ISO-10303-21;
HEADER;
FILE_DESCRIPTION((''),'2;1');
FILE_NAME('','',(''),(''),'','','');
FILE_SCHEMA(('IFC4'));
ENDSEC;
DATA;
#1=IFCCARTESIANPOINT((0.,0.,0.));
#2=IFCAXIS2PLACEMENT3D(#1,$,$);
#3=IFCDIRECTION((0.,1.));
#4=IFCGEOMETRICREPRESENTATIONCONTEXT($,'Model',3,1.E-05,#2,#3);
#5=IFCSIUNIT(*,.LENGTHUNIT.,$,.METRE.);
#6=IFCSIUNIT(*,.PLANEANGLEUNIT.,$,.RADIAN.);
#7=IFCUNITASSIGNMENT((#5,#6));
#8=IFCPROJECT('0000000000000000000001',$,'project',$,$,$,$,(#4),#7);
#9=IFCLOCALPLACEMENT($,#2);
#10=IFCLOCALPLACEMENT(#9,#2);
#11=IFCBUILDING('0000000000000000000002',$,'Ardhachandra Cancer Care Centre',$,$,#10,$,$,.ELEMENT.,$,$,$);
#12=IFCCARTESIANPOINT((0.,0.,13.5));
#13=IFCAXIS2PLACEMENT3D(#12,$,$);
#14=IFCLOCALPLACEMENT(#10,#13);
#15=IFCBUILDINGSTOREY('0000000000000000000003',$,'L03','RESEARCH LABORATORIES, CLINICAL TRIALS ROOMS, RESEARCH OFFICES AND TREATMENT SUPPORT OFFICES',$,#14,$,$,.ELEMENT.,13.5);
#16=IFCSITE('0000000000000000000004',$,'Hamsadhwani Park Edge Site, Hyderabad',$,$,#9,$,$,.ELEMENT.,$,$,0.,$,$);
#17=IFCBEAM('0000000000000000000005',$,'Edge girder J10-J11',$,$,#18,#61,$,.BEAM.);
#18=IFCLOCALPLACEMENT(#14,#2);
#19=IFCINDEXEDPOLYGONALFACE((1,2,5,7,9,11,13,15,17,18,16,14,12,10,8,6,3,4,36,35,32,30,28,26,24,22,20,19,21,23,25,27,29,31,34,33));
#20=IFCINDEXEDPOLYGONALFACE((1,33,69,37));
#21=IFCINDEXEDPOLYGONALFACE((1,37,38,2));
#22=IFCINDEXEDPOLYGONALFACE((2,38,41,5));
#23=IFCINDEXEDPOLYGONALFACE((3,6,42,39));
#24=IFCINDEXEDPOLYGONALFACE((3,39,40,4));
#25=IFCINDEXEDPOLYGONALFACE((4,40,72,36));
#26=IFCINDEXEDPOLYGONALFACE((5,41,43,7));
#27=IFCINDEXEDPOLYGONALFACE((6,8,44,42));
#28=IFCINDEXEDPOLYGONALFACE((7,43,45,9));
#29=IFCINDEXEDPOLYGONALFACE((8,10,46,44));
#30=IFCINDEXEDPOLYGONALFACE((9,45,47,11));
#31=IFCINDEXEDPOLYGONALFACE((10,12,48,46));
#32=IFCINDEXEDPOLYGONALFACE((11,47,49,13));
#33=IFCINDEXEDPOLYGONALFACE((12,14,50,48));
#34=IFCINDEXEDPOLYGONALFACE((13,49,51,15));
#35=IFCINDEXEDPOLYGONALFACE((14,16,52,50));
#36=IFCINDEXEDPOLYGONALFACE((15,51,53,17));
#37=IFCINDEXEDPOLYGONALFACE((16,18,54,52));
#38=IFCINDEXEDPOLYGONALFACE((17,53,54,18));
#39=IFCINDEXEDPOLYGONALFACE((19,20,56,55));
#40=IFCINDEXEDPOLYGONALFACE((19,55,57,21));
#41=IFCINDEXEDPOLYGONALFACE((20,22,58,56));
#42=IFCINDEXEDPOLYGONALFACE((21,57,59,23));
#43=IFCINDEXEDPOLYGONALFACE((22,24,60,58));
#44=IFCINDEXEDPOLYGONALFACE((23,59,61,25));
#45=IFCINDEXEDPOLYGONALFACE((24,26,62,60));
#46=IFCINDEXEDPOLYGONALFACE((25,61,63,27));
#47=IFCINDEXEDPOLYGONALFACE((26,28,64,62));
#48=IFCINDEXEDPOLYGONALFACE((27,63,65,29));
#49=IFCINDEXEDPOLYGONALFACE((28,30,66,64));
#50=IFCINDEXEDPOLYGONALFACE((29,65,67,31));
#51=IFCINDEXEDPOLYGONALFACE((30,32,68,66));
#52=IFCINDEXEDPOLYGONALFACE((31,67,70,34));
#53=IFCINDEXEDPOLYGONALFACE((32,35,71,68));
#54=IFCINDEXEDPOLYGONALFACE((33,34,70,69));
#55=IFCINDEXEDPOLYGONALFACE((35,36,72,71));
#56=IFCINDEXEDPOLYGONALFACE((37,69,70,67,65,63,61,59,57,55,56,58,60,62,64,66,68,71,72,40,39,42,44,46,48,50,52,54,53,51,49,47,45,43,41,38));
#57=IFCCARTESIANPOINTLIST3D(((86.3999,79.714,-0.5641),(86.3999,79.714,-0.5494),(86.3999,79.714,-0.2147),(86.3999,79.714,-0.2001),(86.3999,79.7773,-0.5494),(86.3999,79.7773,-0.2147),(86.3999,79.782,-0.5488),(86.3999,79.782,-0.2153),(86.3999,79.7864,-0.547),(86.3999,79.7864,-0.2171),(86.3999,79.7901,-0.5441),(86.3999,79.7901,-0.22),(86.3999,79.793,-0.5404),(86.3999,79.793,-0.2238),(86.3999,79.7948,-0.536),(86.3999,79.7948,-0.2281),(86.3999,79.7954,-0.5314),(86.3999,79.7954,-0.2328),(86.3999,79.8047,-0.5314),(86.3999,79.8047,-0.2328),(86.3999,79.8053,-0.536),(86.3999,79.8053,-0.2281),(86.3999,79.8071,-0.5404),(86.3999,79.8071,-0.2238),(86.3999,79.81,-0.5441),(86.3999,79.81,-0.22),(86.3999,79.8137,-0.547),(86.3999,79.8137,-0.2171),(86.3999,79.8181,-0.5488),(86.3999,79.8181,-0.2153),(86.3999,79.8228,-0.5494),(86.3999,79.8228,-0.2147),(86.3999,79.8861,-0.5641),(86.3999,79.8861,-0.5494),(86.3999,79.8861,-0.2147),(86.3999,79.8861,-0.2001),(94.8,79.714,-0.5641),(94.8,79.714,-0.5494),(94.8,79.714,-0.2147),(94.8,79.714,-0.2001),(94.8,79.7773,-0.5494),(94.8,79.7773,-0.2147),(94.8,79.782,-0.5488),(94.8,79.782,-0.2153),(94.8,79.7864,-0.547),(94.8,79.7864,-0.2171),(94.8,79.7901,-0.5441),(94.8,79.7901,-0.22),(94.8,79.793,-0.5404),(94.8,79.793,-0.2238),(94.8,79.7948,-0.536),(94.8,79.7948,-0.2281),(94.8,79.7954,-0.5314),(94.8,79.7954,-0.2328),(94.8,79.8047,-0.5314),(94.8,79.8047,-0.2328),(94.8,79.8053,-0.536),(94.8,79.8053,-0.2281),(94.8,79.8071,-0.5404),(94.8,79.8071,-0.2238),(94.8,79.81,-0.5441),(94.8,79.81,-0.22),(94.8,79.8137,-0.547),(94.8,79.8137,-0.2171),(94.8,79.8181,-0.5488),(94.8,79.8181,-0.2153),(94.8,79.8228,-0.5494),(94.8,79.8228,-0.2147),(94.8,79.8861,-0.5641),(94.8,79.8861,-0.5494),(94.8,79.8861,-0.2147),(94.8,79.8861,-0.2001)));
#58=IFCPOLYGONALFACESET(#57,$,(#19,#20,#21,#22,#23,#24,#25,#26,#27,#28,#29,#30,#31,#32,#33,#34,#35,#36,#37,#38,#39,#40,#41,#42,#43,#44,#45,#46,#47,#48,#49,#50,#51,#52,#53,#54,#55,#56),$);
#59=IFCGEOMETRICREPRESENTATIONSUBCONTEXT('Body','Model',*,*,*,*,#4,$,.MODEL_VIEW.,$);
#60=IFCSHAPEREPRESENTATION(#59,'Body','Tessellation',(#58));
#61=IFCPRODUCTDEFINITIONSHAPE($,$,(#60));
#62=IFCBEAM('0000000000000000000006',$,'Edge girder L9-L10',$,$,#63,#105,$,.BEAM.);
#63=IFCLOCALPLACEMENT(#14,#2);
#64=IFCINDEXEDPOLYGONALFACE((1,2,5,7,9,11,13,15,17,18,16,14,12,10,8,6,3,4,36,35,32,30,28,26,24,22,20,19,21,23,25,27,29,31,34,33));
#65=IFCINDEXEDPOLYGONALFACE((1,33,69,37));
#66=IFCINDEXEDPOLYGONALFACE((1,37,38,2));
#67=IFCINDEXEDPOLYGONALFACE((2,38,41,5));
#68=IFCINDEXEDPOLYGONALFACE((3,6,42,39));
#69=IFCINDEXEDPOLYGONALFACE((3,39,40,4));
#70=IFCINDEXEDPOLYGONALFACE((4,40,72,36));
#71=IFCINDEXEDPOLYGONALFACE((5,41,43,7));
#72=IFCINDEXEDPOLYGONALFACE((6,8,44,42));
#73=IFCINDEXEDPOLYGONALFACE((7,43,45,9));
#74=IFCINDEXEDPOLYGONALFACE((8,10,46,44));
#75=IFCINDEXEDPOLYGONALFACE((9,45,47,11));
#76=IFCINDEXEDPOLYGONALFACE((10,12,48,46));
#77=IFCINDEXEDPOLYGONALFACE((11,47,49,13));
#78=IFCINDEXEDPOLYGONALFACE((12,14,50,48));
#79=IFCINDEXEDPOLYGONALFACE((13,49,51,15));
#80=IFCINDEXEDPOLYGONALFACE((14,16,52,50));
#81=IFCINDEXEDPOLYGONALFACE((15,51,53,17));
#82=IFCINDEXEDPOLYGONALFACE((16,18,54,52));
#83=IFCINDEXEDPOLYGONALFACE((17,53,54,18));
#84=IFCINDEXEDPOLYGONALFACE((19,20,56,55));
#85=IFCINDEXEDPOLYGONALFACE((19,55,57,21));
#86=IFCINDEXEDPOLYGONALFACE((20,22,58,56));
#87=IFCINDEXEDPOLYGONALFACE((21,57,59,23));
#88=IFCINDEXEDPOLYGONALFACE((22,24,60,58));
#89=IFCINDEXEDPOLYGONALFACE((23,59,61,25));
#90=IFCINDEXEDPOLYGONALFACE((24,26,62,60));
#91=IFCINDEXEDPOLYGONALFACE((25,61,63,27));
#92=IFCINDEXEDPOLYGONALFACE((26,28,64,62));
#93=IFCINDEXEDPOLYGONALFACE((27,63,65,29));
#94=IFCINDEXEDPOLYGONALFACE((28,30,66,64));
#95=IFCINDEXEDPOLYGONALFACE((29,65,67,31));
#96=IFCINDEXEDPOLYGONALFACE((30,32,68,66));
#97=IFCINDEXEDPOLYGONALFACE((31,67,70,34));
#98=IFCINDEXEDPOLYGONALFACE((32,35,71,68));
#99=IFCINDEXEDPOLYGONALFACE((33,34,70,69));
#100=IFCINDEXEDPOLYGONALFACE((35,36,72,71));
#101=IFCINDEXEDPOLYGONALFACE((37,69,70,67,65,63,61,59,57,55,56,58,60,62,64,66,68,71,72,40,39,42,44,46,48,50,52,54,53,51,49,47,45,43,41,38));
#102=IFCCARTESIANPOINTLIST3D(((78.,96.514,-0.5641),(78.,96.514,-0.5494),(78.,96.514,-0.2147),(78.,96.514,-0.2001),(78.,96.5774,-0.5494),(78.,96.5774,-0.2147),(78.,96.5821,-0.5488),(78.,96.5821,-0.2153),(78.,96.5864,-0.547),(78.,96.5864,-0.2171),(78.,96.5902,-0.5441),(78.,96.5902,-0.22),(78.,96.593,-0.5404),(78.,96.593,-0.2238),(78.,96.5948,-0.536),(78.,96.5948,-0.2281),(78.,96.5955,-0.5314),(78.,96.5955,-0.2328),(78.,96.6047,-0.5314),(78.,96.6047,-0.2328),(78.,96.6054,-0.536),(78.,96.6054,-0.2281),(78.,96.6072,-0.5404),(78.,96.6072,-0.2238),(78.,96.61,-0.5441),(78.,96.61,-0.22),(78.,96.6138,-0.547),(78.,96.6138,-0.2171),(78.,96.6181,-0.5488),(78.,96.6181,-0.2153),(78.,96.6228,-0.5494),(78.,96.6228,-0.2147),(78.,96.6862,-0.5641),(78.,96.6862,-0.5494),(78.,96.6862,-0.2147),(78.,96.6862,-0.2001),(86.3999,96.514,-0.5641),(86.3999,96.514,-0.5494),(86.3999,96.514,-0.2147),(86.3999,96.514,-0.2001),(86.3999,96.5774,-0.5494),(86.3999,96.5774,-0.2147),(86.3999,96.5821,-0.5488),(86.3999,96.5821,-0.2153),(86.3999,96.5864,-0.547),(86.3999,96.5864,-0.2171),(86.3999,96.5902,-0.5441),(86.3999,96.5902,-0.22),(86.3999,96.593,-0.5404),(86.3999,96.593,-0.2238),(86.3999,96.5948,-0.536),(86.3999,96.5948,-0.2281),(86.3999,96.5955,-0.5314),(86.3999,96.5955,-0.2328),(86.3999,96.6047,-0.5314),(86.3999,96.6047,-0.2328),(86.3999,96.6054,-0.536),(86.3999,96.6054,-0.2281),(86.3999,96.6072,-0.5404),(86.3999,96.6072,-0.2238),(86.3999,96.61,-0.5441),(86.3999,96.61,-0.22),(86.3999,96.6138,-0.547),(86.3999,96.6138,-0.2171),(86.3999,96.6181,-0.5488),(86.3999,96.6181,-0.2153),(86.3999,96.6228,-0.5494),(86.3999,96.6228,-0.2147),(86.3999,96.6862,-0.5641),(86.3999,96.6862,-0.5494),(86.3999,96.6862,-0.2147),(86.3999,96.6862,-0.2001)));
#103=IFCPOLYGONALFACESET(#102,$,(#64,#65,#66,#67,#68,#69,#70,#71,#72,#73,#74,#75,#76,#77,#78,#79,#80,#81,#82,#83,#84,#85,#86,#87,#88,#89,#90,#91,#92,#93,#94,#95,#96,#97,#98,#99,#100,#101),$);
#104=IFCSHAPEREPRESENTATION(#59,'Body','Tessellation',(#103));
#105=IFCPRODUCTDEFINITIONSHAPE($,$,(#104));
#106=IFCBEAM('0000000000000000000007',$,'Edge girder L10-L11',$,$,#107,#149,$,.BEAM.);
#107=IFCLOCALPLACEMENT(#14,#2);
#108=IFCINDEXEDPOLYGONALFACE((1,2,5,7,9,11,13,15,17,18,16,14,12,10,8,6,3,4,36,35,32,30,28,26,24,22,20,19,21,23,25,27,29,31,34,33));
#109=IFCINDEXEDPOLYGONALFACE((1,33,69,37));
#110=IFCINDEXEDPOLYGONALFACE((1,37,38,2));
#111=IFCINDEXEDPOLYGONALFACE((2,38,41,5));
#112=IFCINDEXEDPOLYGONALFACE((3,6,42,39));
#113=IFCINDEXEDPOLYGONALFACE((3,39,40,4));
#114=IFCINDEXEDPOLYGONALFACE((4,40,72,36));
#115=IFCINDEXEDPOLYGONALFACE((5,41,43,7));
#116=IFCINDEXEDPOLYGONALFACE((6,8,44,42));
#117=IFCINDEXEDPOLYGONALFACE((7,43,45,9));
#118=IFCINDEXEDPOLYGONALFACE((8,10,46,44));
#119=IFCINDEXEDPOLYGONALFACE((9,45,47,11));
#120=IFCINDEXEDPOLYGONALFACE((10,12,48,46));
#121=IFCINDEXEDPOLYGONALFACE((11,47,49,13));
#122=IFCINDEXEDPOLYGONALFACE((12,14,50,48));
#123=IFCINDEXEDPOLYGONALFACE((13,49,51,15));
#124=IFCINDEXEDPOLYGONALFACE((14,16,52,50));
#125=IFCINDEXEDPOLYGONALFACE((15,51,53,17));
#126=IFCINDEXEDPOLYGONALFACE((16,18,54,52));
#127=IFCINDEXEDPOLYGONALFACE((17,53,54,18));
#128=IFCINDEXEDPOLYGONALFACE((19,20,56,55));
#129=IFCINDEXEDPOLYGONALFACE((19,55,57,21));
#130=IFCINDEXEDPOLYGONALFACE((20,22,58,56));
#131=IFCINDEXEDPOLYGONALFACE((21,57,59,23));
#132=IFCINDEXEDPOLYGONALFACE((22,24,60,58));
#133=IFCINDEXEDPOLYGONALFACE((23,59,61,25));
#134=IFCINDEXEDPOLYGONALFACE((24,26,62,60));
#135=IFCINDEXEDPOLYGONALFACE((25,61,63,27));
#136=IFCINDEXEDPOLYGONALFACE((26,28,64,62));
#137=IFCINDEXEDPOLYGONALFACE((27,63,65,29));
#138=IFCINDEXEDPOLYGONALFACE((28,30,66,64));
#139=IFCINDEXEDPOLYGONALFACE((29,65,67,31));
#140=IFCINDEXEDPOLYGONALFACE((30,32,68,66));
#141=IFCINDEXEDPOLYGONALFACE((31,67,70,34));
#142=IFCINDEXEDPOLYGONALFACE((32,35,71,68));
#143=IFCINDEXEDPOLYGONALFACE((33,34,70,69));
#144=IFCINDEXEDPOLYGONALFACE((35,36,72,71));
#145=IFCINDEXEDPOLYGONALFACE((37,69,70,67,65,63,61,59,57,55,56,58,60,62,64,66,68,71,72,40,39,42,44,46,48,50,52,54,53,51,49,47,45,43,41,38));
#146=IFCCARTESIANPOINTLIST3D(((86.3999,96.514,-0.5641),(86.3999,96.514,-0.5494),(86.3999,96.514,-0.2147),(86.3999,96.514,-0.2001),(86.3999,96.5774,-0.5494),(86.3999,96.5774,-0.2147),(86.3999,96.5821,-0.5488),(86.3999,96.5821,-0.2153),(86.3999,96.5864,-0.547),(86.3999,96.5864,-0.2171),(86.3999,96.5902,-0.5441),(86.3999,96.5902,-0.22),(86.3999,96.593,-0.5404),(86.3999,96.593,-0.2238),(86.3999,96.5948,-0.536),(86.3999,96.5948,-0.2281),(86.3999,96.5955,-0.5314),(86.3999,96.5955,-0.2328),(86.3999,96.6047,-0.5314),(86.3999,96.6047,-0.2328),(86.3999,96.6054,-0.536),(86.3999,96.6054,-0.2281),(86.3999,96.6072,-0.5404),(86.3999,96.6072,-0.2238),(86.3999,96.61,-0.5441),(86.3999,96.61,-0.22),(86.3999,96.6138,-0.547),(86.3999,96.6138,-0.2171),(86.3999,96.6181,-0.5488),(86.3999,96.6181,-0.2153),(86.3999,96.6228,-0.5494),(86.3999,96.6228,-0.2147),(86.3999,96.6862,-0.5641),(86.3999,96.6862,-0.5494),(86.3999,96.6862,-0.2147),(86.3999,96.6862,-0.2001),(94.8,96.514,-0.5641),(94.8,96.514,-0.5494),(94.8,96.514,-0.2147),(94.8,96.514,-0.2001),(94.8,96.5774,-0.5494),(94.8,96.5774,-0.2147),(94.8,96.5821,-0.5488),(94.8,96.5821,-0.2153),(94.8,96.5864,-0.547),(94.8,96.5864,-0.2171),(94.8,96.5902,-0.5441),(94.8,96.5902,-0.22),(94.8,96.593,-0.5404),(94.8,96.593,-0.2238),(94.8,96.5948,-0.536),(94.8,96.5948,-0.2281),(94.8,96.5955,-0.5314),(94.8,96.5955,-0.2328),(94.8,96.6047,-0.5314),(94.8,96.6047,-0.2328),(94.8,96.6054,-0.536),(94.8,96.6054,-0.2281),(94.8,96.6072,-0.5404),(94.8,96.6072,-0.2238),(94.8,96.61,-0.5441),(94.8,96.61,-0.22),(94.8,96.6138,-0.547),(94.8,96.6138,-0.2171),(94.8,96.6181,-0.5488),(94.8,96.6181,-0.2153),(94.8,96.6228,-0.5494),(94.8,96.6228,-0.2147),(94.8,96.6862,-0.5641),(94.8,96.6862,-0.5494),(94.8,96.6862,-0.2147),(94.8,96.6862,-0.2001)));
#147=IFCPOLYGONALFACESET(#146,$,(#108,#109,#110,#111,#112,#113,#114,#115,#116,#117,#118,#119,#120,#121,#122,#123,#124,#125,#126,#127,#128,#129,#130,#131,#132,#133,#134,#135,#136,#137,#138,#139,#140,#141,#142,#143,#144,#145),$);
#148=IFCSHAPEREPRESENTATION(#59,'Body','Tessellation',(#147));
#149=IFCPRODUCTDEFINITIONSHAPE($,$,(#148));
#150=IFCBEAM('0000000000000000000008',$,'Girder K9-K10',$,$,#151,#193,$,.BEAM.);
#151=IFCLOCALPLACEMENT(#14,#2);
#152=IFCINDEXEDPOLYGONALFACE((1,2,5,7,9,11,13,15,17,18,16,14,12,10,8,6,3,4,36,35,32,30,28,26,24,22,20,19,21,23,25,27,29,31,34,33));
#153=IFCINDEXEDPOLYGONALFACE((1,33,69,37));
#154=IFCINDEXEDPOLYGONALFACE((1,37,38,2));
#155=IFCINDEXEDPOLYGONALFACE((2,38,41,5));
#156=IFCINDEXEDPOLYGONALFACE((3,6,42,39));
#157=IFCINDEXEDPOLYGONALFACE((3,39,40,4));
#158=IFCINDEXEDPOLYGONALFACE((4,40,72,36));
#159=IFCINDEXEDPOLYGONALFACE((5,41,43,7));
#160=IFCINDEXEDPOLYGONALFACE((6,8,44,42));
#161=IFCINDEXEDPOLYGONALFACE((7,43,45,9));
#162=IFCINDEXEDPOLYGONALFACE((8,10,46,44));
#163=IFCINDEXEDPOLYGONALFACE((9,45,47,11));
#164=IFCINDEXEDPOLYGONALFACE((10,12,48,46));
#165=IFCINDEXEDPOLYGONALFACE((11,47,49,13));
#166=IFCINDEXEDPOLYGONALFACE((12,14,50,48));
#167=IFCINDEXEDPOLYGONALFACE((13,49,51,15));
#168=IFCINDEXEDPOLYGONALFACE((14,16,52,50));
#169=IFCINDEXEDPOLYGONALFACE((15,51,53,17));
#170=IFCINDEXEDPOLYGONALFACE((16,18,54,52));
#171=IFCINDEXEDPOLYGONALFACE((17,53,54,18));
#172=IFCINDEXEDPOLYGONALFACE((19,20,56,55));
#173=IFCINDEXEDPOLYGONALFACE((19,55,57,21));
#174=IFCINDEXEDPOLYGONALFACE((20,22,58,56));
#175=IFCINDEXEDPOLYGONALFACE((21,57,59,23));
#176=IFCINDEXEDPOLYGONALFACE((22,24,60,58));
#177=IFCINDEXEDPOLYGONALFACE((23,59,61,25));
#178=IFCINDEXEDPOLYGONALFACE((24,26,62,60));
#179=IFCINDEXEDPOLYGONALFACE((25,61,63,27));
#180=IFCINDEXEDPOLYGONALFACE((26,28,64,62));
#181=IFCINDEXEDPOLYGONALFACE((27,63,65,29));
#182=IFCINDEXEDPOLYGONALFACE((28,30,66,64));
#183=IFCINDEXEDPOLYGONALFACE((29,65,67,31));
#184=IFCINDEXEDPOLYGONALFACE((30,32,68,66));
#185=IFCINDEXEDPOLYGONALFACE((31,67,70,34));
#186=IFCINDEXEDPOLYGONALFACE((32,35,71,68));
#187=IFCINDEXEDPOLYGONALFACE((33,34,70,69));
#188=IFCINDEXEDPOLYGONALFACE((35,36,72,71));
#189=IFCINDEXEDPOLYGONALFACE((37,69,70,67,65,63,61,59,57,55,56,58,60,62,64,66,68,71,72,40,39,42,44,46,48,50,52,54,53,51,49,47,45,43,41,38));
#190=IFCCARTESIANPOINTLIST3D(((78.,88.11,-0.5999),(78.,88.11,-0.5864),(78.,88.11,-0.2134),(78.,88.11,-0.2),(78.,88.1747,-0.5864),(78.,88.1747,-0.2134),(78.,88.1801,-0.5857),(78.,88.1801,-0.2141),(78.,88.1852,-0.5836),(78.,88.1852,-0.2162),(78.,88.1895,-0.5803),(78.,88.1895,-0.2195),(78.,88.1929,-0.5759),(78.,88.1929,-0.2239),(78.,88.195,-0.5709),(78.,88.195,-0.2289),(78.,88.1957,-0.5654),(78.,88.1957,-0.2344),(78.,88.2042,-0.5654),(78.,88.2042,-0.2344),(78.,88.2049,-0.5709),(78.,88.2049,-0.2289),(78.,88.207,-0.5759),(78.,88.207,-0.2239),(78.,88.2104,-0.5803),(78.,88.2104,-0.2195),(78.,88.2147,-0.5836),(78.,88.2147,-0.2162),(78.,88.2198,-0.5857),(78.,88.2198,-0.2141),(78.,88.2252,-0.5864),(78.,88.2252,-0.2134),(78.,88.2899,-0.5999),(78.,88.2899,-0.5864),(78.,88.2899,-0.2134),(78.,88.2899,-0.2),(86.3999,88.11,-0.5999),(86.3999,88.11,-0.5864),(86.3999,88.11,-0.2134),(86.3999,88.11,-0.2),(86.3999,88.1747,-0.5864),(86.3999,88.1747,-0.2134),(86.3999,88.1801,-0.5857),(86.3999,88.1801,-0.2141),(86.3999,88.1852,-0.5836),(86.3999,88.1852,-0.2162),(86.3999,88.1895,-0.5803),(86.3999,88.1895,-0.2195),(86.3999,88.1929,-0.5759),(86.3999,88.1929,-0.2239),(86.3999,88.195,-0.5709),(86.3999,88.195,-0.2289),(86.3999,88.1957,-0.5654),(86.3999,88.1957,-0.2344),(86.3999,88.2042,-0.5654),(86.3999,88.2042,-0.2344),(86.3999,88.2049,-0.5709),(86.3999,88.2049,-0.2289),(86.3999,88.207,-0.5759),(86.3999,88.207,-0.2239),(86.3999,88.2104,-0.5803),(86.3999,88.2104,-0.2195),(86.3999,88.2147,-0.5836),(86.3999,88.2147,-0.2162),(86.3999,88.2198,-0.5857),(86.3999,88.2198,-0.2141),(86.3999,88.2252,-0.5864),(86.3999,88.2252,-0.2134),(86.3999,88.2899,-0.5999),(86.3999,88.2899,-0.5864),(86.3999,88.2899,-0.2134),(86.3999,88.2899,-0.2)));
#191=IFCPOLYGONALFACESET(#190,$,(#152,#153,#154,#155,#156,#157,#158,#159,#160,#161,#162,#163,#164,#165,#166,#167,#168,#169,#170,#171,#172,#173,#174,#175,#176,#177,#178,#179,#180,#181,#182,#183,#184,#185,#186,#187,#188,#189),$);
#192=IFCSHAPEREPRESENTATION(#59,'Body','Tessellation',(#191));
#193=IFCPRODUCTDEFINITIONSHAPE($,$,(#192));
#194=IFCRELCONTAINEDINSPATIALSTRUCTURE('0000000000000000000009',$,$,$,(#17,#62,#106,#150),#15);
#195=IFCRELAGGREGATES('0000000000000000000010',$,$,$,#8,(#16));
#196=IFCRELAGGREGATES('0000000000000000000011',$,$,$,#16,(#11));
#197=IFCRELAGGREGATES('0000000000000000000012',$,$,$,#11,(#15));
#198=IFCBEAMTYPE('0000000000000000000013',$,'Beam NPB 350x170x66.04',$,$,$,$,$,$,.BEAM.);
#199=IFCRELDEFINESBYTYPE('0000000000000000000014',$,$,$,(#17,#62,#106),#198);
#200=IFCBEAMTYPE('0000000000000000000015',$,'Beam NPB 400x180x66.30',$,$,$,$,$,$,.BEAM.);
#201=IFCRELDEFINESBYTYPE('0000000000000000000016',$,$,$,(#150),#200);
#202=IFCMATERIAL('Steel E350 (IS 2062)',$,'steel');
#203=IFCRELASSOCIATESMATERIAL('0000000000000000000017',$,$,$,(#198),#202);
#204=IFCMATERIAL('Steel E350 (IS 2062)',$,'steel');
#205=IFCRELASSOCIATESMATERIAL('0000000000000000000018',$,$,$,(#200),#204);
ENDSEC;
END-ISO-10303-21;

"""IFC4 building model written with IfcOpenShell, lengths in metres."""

from ifc_helpers import new_model, si_unit, direction, frame, origin, origin_2d, place, context, subcontext, project, spatial, i_section, extrude, material, material_profile, profile_set, type_object, element, save


model = new_model("IFC4")

# Units and contexts
model_context = context("Model", 3, precision=1e-05, world=origin(), true_north=direction((0.0, 1.0)))
body_context = subcontext(model_context, "Body", "Model", "MODEL_VIEW")
ifc_project = project(units=[si_unit("LENGTHUNIT", "METRE"), si_unit("PLANEANGLEUNIT", "RADIAN")], contexts=[model_context])

# Site, building, storey
site_placement = place(None, origin())
site = spatial("IfcSite", under=ifc_project, at=site_placement, Name="Hamsadhwani Park Edge Site, Hyderabad", CompositionType="ELEMENT", RefElevation=0.0)
building_placement = place(site_placement, origin())
building = spatial("IfcBuilding", under=site, at=building_placement, Name="Ardhachandra Cancer Care Centre", CompositionType="ELEMENT")
storey_placement = place(building_placement, frame((0.0, 0.0, 13.5)))
storey = spatial("IfcBuildingStorey", under=building, at=storey_placement, Name="L03", Description="RESEARCH LABORATORIES, CLINICAL TRIALS ROOMS, RESEARCH OFFICES AND TREATMENT SUPPORT OFFICES", CompositionType="ELEMENT", Elevation=13.5)

# Beams
ifc_material_1 = material(Name="Steel E350 (IS 2062)", Category="steel")
ifc_material_profile_1 = material_profile(ifc_material_1, i_section(OverallWidth=0.1721, OverallDepth=0.364, WebThickness=0.0093, FlangeThickness=0.0146, FilletRadius=0.0181, at=origin_2d()), Name="NPB 350x170x66.04")
ifc_profile_set_1 = profile_set([ifc_material_profile_1], Name="Steel E350 (IS 2062)")
beam_type_1 = type_object("IfcBeamType", Name="Beam NPB 350x170x66.04", PredefinedType="BEAM", material=ifc_profile_set_1)
beam_1_placement = place(storey_placement, frame((86.3999, 79.8, -0.3821), z_axis=(1.0, 0.0, 0.0), x_axis=(0.0, 1.0, 0.0)))
element("IfcBeam", 1, at=beam_1_placement, inside=storey, type_object=beam_type_1, Name="Edge girder J10-J11", PredefinedType="BEAM", context=body_context, shape_type="SweptSolid", body=[
    extrude(i_section(OverallWidth=0.1721, OverallDepth=0.364, WebThickness=0.0093, FlangeThickness=0.0146, FilletRadius=0.0181, at=origin_2d()), origin(), (0.0, 0.0, 1.0), 8.4001),
])
beam_2_placement = place(storey_placement, frame((78.0, 96.6001, -0.3821), z_axis=(1.0, 0.0, 0.0), x_axis=(0.0, 1.0, 0.0)))
element("IfcBeam", 2, at=beam_2_placement, inside=storey, type_object=beam_type_1, Name="Edge girder L9-L10", PredefinedType="BEAM", context=body_context, shape_type="SweptSolid", body=[
    extrude(i_section(OverallWidth=0.1721, OverallDepth=0.364, WebThickness=0.0093, FlangeThickness=0.0146, FilletRadius=0.0181, at=origin_2d()), origin(), (0.0, 0.0, 1.0), 8.3999),
])
beam_3_placement = place(storey_placement, frame((86.3999, 96.6001, -0.3821), z_axis=(1.0, 0.0, 0.0), x_axis=(0.0, 1.0, 0.0)))
element("IfcBeam", 3, at=beam_3_placement, inside=storey, type_object=beam_type_1, Name="Edge girder L10-L11", PredefinedType="BEAM", context=body_context, shape_type="SweptSolid", body=[
    extrude(i_section(OverallWidth=0.1721, OverallDepth=0.364, WebThickness=0.0093, FlangeThickness=0.0146, FilletRadius=0.0181, at=origin_2d()), origin(), (0.0, 0.0, 1.0), 8.4001),
])
ifc_material_2 = material(Name="Steel E350 (IS 2062)", Category="steel")
ifc_material_profile_2 = material_profile(ifc_material_2, i_section(OverallWidth=0.1799, OverallDepth=0.3999, WebThickness=0.0085, FlangeThickness=0.0134, FilletRadius=0.021, at=origin_2d()), Name="NPB 400x180x66.30")
ifc_profile_set_2 = profile_set([ifc_material_profile_2], Name="Steel E350 (IS 2062)")
beam_type_2 = type_object("IfcBeamType", Name="Beam NPB 400x180x66.30", PredefinedType="BEAM", material=ifc_profile_set_2)
beam_4_placement = place(storey_placement, frame((78.0, 88.2, -0.3999), z_axis=(1.0, 0.0, 0.0), x_axis=(0.0, 1.0, 0.0)))
element("IfcBeam", 4, at=beam_4_placement, inside=storey, type_object=beam_type_2, Name="Girder K9-K10", PredefinedType="BEAM", context=body_context, shape_type="SweptSolid", body=[
    extrude(i_section(OverallWidth=0.1799, OverallDepth=0.3999, WebThickness=0.0085, FlangeThickness=0.0134, FilletRadius=0.021, at=origin_2d()), origin(), (0.0, 0.0, 1.0), 8.3999),
])

save(model, "model.ifc")
